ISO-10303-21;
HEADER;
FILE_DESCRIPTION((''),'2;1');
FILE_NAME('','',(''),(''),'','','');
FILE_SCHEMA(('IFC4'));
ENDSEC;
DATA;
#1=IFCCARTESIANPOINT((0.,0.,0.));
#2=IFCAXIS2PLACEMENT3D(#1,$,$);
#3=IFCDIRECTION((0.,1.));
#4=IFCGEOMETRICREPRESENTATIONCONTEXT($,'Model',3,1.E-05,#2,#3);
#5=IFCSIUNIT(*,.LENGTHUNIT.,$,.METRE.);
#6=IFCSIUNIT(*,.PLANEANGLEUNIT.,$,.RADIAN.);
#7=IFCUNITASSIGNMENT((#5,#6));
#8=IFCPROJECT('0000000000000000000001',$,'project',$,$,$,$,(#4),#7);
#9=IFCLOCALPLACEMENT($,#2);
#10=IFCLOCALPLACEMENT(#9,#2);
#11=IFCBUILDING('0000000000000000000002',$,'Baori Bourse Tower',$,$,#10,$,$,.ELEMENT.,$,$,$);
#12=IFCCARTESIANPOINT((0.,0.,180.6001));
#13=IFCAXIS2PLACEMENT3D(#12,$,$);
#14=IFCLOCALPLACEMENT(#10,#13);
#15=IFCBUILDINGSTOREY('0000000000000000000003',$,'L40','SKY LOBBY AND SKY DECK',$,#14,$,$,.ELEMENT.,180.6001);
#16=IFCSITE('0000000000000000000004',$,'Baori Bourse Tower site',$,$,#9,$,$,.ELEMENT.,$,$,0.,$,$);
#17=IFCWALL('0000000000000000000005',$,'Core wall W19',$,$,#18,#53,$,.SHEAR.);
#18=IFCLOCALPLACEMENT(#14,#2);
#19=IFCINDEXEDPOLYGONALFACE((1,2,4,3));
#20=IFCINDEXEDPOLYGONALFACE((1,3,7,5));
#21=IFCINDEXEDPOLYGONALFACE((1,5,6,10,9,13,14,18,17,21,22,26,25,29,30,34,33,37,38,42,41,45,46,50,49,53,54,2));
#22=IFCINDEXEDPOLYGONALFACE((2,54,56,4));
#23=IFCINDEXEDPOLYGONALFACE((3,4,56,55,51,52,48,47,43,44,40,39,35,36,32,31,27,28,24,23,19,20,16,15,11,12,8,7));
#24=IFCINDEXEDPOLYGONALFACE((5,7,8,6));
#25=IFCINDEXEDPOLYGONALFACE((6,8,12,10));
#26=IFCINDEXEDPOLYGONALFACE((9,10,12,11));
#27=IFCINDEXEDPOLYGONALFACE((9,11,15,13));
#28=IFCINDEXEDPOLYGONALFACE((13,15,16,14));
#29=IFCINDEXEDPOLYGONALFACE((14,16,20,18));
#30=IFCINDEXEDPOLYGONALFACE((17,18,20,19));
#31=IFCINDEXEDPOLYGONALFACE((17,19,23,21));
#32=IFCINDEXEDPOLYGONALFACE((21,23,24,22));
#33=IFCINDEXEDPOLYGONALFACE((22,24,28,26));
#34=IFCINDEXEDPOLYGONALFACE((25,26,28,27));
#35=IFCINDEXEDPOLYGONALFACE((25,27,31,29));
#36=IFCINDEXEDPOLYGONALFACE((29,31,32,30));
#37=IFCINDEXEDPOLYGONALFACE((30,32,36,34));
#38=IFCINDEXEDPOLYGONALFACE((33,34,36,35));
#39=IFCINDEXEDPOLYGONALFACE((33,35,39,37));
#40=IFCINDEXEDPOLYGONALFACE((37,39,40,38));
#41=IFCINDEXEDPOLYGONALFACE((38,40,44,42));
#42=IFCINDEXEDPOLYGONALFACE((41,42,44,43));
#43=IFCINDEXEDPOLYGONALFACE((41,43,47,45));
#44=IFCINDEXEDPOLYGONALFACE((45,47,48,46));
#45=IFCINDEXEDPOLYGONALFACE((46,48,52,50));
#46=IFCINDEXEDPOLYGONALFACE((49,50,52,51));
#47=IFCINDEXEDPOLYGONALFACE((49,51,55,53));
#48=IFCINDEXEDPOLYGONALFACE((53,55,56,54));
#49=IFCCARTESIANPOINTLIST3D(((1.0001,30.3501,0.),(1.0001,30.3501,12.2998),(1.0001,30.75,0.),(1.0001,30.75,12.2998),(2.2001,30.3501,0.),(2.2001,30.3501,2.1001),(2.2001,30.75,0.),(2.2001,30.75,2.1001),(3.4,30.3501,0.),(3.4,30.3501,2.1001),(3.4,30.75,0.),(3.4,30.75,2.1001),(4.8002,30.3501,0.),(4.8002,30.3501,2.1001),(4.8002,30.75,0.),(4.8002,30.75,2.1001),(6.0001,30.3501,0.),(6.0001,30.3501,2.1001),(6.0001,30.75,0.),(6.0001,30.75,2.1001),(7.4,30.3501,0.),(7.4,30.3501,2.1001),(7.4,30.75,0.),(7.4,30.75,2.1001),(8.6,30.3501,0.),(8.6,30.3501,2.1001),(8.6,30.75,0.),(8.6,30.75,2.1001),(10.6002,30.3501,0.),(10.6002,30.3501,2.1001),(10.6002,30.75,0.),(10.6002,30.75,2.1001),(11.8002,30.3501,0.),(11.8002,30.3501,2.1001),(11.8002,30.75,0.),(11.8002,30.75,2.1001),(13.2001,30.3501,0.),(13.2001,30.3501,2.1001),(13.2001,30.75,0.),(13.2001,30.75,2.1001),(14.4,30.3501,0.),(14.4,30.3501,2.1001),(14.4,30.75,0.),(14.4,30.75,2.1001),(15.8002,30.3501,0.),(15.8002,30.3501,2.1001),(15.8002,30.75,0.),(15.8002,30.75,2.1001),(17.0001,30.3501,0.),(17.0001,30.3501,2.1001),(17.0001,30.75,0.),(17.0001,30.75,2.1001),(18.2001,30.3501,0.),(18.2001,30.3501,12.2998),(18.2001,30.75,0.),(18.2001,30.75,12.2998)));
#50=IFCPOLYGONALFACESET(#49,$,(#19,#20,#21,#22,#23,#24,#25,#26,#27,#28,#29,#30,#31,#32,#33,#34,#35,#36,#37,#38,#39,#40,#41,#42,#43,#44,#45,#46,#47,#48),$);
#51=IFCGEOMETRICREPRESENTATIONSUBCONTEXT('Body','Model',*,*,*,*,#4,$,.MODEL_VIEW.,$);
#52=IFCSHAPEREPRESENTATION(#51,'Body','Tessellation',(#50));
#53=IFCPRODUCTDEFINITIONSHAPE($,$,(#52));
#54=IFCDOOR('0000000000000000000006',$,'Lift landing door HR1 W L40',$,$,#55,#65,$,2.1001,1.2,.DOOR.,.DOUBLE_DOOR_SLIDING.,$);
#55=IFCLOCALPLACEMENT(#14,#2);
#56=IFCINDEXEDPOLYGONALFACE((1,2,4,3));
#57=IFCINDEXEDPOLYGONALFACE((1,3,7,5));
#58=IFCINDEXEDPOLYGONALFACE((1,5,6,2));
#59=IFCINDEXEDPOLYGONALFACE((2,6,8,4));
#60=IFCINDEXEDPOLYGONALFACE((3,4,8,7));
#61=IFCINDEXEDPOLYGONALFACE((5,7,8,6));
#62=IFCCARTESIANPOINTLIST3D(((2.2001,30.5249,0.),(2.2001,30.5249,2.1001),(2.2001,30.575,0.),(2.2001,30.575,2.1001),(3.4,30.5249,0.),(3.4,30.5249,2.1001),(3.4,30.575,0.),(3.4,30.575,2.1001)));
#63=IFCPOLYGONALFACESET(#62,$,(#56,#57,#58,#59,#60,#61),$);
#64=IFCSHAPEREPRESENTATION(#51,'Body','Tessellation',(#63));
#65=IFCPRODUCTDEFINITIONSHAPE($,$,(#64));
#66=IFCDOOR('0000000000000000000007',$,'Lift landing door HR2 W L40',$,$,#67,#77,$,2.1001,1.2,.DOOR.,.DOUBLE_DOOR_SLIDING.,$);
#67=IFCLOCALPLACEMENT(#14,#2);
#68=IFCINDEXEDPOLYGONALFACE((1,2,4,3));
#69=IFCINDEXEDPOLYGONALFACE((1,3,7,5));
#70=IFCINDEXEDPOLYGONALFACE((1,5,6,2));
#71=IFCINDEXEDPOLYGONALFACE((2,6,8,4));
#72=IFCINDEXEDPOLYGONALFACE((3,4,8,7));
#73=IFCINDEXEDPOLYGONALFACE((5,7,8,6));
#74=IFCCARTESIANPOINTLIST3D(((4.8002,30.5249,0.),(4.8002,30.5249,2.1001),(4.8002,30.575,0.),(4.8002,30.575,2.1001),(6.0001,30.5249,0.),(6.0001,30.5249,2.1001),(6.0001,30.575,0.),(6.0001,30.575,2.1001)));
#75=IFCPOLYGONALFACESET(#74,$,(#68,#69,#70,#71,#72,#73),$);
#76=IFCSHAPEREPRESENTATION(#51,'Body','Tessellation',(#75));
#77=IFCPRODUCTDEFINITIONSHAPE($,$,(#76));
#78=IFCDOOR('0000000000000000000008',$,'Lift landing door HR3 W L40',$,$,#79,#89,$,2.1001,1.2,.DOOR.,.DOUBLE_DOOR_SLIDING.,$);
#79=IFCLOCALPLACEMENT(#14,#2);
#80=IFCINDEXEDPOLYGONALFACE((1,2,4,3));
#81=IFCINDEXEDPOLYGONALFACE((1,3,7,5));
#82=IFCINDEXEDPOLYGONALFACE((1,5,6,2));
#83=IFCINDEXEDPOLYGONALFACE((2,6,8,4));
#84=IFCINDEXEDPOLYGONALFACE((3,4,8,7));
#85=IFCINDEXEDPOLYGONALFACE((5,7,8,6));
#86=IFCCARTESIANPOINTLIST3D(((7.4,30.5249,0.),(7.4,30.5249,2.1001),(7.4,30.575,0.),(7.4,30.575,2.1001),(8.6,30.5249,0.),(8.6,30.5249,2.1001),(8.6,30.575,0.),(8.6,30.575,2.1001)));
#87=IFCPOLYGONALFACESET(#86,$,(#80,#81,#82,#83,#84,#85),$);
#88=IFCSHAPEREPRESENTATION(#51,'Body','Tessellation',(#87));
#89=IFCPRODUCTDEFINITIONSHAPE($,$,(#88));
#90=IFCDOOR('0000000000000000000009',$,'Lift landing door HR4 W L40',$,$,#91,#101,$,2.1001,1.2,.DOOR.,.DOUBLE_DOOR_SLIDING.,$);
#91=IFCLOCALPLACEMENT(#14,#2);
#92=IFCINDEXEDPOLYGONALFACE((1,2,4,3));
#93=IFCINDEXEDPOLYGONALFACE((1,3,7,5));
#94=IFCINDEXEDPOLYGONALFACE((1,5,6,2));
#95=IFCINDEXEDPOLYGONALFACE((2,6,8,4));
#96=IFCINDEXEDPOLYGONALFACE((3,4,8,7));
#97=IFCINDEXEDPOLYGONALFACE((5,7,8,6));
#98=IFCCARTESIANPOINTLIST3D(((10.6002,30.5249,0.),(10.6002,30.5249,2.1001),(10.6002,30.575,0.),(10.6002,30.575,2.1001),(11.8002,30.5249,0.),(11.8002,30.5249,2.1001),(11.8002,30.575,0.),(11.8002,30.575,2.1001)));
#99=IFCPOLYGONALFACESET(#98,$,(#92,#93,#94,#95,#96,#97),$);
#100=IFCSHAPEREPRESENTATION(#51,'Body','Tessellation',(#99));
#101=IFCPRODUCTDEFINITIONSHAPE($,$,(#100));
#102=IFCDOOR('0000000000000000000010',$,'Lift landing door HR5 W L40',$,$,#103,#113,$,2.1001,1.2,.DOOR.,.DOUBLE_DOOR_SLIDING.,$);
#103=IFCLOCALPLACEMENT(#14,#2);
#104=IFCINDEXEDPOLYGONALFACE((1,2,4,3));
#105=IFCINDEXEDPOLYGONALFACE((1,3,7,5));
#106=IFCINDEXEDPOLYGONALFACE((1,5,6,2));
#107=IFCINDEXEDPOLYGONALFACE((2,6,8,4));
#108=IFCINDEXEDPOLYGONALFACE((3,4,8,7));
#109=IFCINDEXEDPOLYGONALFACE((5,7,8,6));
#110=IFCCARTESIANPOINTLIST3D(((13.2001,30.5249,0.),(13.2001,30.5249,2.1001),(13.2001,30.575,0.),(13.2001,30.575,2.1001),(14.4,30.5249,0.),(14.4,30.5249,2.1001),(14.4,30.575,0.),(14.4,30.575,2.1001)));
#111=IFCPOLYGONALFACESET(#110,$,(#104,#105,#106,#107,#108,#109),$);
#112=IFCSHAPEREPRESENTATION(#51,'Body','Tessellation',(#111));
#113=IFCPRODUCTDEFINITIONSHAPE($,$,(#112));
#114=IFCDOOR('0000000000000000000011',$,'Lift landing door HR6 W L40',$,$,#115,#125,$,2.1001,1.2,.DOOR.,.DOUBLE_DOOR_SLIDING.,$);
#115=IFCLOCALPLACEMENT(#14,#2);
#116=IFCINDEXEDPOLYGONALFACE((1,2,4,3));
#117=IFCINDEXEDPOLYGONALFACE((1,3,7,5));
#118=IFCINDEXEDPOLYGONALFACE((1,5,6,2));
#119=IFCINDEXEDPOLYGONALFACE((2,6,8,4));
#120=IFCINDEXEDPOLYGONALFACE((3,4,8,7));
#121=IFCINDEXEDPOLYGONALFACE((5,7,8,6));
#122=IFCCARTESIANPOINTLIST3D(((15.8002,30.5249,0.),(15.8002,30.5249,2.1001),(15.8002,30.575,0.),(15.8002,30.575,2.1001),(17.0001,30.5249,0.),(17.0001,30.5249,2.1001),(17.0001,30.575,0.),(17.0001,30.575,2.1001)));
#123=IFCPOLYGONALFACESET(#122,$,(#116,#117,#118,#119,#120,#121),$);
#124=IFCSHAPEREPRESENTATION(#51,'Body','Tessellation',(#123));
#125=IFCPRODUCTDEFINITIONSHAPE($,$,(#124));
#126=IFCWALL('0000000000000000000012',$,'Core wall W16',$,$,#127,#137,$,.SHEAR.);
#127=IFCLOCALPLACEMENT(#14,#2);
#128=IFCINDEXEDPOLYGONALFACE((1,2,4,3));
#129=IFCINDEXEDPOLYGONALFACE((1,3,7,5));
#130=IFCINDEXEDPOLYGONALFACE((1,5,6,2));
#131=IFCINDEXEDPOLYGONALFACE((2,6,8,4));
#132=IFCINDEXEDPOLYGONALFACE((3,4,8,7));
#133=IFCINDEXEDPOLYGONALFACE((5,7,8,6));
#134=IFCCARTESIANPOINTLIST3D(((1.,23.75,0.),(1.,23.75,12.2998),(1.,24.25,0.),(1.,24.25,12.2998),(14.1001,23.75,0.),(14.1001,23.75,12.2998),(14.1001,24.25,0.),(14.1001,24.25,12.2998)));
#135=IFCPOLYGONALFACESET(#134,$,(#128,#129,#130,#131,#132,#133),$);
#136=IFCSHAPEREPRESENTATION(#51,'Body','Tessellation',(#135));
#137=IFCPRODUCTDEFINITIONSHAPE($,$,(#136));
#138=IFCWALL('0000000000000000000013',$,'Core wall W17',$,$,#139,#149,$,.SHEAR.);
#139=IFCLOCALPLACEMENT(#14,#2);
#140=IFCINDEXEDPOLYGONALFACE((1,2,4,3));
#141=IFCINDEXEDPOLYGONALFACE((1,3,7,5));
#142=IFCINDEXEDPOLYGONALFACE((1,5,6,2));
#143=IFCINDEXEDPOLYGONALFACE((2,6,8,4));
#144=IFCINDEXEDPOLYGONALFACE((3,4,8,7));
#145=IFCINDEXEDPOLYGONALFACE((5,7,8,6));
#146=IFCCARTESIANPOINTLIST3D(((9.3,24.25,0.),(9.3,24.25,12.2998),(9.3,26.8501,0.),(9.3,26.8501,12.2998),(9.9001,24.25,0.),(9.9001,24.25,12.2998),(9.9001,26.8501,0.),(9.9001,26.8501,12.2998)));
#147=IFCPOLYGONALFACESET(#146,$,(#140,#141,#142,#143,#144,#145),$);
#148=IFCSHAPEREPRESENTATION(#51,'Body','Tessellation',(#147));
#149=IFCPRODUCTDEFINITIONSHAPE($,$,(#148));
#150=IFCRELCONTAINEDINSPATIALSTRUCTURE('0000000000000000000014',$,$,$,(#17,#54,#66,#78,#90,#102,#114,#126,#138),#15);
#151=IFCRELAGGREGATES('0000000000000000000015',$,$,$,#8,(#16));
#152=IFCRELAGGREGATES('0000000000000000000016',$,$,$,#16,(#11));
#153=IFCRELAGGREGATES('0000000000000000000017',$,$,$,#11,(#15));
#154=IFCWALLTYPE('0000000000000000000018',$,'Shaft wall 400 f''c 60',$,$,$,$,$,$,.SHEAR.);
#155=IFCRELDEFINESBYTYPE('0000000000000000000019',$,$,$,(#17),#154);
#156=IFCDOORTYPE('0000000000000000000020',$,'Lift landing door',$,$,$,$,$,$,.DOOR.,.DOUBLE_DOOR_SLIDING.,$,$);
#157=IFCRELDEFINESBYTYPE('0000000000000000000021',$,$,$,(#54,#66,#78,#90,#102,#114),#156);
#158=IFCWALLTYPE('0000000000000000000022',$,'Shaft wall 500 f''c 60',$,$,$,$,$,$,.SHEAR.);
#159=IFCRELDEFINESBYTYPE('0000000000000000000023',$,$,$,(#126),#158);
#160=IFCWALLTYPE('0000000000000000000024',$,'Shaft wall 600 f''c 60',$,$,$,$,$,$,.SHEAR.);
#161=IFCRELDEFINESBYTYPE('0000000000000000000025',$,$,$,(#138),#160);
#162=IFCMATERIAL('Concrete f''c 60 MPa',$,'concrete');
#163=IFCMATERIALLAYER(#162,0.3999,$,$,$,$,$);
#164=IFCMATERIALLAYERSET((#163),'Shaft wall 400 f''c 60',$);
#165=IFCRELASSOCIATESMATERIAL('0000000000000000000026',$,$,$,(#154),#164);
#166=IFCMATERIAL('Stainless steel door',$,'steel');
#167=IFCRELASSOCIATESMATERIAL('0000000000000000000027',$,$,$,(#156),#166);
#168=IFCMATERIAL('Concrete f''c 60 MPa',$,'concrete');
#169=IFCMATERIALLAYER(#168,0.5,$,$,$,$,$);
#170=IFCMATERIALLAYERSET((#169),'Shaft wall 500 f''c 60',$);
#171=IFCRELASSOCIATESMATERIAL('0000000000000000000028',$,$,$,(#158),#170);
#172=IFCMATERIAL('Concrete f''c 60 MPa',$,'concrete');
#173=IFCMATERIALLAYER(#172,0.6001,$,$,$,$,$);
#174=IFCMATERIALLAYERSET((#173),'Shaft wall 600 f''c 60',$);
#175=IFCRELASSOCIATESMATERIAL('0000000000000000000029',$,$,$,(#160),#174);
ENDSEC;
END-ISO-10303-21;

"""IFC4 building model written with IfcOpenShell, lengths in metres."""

from ifc_helpers import new_model, si_unit, direction, frame, frame_2d, origin, place, context, subcontext, project, spatial, rectangle, extrude, material, layer, layer_set, type_object, element, fill, save


model = new_model("IFC4")

# Units and contexts
model_context = context("Model", 3, precision=1e-05, world=origin(), true_north=direction((0.0, 1.0)))
body_context = subcontext(model_context, "Body", "Model", "MODEL_VIEW")
ifc_project = project(units=[si_unit("LENGTHUNIT", "METRE"), si_unit("PLANEANGLEUNIT", "RADIAN")], contexts=[model_context])

# Site, building, storey
site_placement = place(None, origin())
site = spatial("IfcSite", under=ifc_project, at=site_placement, Name="Baori Bourse Tower site", CompositionType="ELEMENT", RefElevation=0.0)
building_placement = place(site_placement, origin())
building = spatial("IfcBuilding", under=site, at=building_placement, Name="Baori Bourse Tower", CompositionType="ELEMENT")
storey_placement = place(building_placement, frame((0.0, 0.0, 180.6001)))
storey = spatial("IfcBuildingStorey", under=building, at=storey_placement, Name="L40", Description="SKY LOBBY AND SKY DECK", CompositionType="ELEMENT", Elevation=180.6001)

# Shared definitions
ifc_material_1 = material(Name="Concrete f'c 60 MPa", Category="concrete")
ifc_layer_1 = layer(ifc_material_1, 0.3999)
ifc_layer_set_1 = layer_set([ifc_layer_1], Name="Shaft wall 400 f'c 60")
wall_type_1 = type_object("IfcWallType", Name="Shaft wall 400 f'c 60", PredefinedType="SHEAR", material=ifc_layer_set_1)
ifc_material_2 = material(Name="Stainless steel door", Category="steel")
door_type = type_object("IfcDoorType", Name="Lift landing door", OperationType="DOUBLE_DOOR_SLIDING", PredefinedType="DOOR", material=ifc_material_2)

# Wall, openings, doors
wall_1_placement = place(storey_placement, frame((1.0, 30.55, 0.0), z_axis=(0.0, 0.0, 1.0), x_axis=(1.0, 0.0, 0.0)))
wall_1 = element("IfcWall", 1, at=wall_1_placement, inside=storey, type_object=wall_type_1, Name="Core wall W19", PredefinedType="SHEAR", context=body_context, shape_type="SweptSolid", body=[
    extrude(rectangle(XDim=17.2, YDim=0.3999, at=frame_2d((8.6001, 0.0))), origin(), (0.0, 0.0, 1.0), 12.2998),
])
opening_1_placement = place(wall_1_placement, frame((1.2, 0.0, 0.0)))
opening_1 = element("IfcOpeningElement", 2, at=opening_1_placement, cuts=wall_1, PredefinedType="OPENING", context=body_context, shape_type="SweptSolid", body=[
    extrude(rectangle(XDim=1.2, YDim=2.1001, at=frame_2d((0.6001, 1.05))), frame((0.0, 0.21, 0.0), z_axis=(0.0, -1.0, 0.0), x_axis=(1.0, 0.0, 0.0)), (0.0, 0.0, 1.0), 0.4199),
])
opening_2_placement = place(wall_1_placement, frame((3.8, 0.0, 0.0)))
opening_2 = element("IfcOpeningElement", 3, at=opening_2_placement, cuts=wall_1, PredefinedType="OPENING", context=body_context, shape_type="SweptSolid", body=[
    extrude(rectangle(XDim=1.2, YDim=2.1001, at=frame_2d((0.6001, 1.05))), frame((0.0, 0.21, 0.0), z_axis=(0.0, -1.0, 0.0), x_axis=(1.0, 0.0, 0.0)), (0.0, 0.0, 1.0), 0.4199),
])
opening_3_placement = place(wall_1_placement, frame((6.3999, 0.0, 0.0)))
opening_3 = element("IfcOpeningElement", 4, at=opening_3_placement, cuts=wall_1, PredefinedType="OPENING", context=body_context, shape_type="SweptSolid", body=[
    extrude(rectangle(XDim=1.2, YDim=2.1001, at=frame_2d((0.6001, 1.05))), frame((0.0, 0.21, 0.0), z_axis=(0.0, -1.0, 0.0), x_axis=(1.0, 0.0, 0.0)), (0.0, 0.0, 1.0), 0.4199),
])
opening_4_placement = place(wall_1_placement, frame((9.6001, 0.0, 0.0)))
opening_4 = element("IfcOpeningElement", 5, at=opening_4_placement, cuts=wall_1, PredefinedType="OPENING", context=body_context, shape_type="SweptSolid", body=[
    extrude(rectangle(XDim=1.2, YDim=2.1001, at=frame_2d((0.6001, 1.05))), frame((0.0, 0.21, 0.0), z_axis=(0.0, -1.0, 0.0), x_axis=(1.0, 0.0, 0.0)), (0.0, 0.0, 1.0), 0.4199),
])
opening_5_placement = place(wall_1_placement, frame((12.2, 0.0, 0.0)))
opening_5 = element("IfcOpeningElement", 6, at=opening_5_placement, cuts=wall_1, PredefinedType="OPENING", context=body_context, shape_type="SweptSolid", body=[
    extrude(rectangle(XDim=1.2, YDim=2.1001, at=frame_2d((0.6001, 1.05))), frame((0.0, 0.21, 0.0), z_axis=(0.0, -1.0, 0.0), x_axis=(1.0, 0.0, 0.0)), (0.0, 0.0, 1.0), 0.4199),
])
opening_6_placement = place(wall_1_placement, frame((14.8, 0.0, 0.0)))
opening_6 = element("IfcOpeningElement", 7, at=opening_6_placement, cuts=wall_1, PredefinedType="OPENING", context=body_context, shape_type="SweptSolid", body=[
    extrude(rectangle(XDim=1.2, YDim=2.1001, at=frame_2d((0.6001, 1.05))), frame((0.0, 0.21, 0.0), z_axis=(0.0, -1.0, 0.0), x_axis=(1.0, 0.0, 0.0)), (0.0, 0.0, 1.0), 0.4199),
])
door_1_placement = place(opening_1_placement, origin())
door_1 = element("IfcDoor", 8, at=door_1_placement, inside=storey, type_object=door_type, Name="Lift landing door HR1 W L40", OperationType="DOUBLE_DOOR_SLIDING", OverallHeight=2.1001, OverallWidth=1.2, PredefinedType="DOOR", context=body_context, shape_type="SweptSolid", body=[
    extrude(rectangle(XDim=1.2, YDim=2.1001, at=frame_2d((0.6001, 1.05))), frame((0.0, 0.0249, 0.0), z_axis=(0.0, -1.0, 0.0), x_axis=(1.0, 0.0, 0.0)), (0.0, 0.0, 1.0), 0.05),
])
fill(opening_1, door_1)
door_2_placement = place(opening_2_placement, origin())
door_2 = element("IfcDoor", 9, at=door_2_placement, inside=storey, type_object=door_type, Name="Lift landing door HR2 W L40", OperationType="DOUBLE_DOOR_SLIDING", OverallHeight=2.1001, OverallWidth=1.2, PredefinedType="DOOR", context=body_context, shape_type="SweptSolid", body=[
    extrude(rectangle(XDim=1.2, YDim=2.1001, at=frame_2d((0.6001, 1.05))), frame((0.0, 0.0249, 0.0), z_axis=(0.0, -1.0, 0.0), x_axis=(1.0, 0.0, 0.0)), (0.0, 0.0, 1.0), 0.05),
])
fill(opening_2, door_2)
door_3_placement = place(opening_3_placement, origin())
door_3 = element("IfcDoor", 10, at=door_3_placement, inside=storey, type_object=door_type, Name="Lift landing door HR3 W L40", OperationType="DOUBLE_DOOR_SLIDING", OverallHeight=2.1001, OverallWidth=1.2, PredefinedType="DOOR", context=body_context, shape_type="SweptSolid", body=[
    extrude(rectangle(XDim=1.2, YDim=2.1001, at=frame_2d((0.6001, 1.05))), frame((0.0, 0.0249, 0.0), z_axis=(0.0, -1.0, 0.0), x_axis=(1.0, 0.0, 0.0)), (0.0, 0.0, 1.0), 0.05),
])
fill(opening_3, door_3)
door_4_placement = place(opening_4_placement, origin())
door_4 = element("IfcDoor", 11, at=door_4_placement, inside=storey, type_object=door_type, Name="Lift landing door HR4 W L40", OperationType="DOUBLE_DOOR_SLIDING", OverallHeight=2.1001, OverallWidth=1.2, PredefinedType="DOOR", context=body_context, shape_type="SweptSolid", body=[
    extrude(rectangle(XDim=1.2, YDim=2.1001, at=frame_2d((0.6001, 1.05))), frame((0.0, 0.0249, 0.0), z_axis=(0.0, -1.0, 0.0), x_axis=(1.0, 0.0, 0.0)), (0.0, 0.0, 1.0), 0.05),
])
fill(opening_4, door_4)
door_5_placement = place(opening_5_placement, origin())
door_5 = element("IfcDoor", 12, at=door_5_placement, inside=storey, type_object=door_type, Name="Lift landing door HR5 W L40", OperationType="DOUBLE_DOOR_SLIDING", OverallHeight=2.1001, OverallWidth=1.2, PredefinedType="DOOR", context=body_context, shape_type="SweptSolid", body=[
    extrude(rectangle(XDim=1.2, YDim=2.1001, at=frame_2d((0.6001, 1.05))), frame((0.0, 0.0249, 0.0), z_axis=(0.0, -1.0, 0.0), x_axis=(1.0, 0.0, 0.0)), (0.0, 0.0, 1.0), 0.05),
])
fill(opening_5, door_5)
door_6_placement = place(opening_6_placement, origin())
door_6 = element("IfcDoor", 13, at=door_6_placement, inside=storey, type_object=door_type, Name="Lift landing door HR6 W L40", OperationType="DOUBLE_DOOR_SLIDING", OverallHeight=2.1001, OverallWidth=1.2, PredefinedType="DOOR", context=body_context, shape_type="SweptSolid", body=[
    extrude(rectangle(XDim=1.2, YDim=2.1001, at=frame_2d((0.6001, 1.05))), frame((0.0, 0.0249, 0.0), z_axis=(0.0, -1.0, 0.0), x_axis=(1.0, 0.0, 0.0)), (0.0, 0.0, 1.0), 0.05),
])
fill(opening_6, door_6)

# Walls
ifc_material_3 = material(Name="Concrete f'c 60 MPa", Category="concrete")
ifc_layer_2 = layer(ifc_material_3, 0.5)
ifc_layer_set_2 = layer_set([ifc_layer_2], Name="Shaft wall 500 f'c 60")
wall_type_2 = type_object("IfcWallType", Name="Shaft wall 500 f'c 60", PredefinedType="SHEAR", material=ifc_layer_set_2)
wall_2_placement = place(storey_placement, frame((1.0, 24.0, 0.0), z_axis=(0.0, 0.0, 1.0), x_axis=(1.0, 0.0, 0.0)))
element("IfcWall", 14, at=wall_2_placement, inside=storey, type_object=wall_type_2, Name="Core wall W16", PredefinedType="SHEAR", context=body_context, shape_type="SweptSolid", body=[
    extrude(rectangle(XDim=13.1001, YDim=0.5, at=frame_2d((6.55, 0.0))), origin(), (0.0, 0.0, 1.0), 12.2998),
])
ifc_material_4 = material(Name="Concrete f'c 60 MPa", Category="concrete")
ifc_layer_3 = layer(ifc_material_4, 0.6001)
ifc_layer_set_3 = layer_set([ifc_layer_3], Name="Shaft wall 600 f'c 60")
wall_type_3 = type_object("IfcWallType", Name="Shaft wall 600 f'c 60", PredefinedType="SHEAR", material=ifc_layer_set_3)
wall_3_placement = place(storey_placement, frame((9.6001, 24.25, 0.0), z_axis=(0.0, 0.0, 1.0), x_axis=(0.0, 1.0, 0.0)))
element("IfcWall", 15, at=wall_3_placement, inside=storey, type_object=wall_type_3, Name="Core wall W17", PredefinedType="SHEAR", context=body_context, shape_type="SweptSolid", body=[
    extrude(rectangle(XDim=2.6001, YDim=0.6001, at=frame_2d((1.3, 0.0))), origin(), (0.0, 0.0, 1.0), 12.2998),
])

save(model, "model.ifc")
